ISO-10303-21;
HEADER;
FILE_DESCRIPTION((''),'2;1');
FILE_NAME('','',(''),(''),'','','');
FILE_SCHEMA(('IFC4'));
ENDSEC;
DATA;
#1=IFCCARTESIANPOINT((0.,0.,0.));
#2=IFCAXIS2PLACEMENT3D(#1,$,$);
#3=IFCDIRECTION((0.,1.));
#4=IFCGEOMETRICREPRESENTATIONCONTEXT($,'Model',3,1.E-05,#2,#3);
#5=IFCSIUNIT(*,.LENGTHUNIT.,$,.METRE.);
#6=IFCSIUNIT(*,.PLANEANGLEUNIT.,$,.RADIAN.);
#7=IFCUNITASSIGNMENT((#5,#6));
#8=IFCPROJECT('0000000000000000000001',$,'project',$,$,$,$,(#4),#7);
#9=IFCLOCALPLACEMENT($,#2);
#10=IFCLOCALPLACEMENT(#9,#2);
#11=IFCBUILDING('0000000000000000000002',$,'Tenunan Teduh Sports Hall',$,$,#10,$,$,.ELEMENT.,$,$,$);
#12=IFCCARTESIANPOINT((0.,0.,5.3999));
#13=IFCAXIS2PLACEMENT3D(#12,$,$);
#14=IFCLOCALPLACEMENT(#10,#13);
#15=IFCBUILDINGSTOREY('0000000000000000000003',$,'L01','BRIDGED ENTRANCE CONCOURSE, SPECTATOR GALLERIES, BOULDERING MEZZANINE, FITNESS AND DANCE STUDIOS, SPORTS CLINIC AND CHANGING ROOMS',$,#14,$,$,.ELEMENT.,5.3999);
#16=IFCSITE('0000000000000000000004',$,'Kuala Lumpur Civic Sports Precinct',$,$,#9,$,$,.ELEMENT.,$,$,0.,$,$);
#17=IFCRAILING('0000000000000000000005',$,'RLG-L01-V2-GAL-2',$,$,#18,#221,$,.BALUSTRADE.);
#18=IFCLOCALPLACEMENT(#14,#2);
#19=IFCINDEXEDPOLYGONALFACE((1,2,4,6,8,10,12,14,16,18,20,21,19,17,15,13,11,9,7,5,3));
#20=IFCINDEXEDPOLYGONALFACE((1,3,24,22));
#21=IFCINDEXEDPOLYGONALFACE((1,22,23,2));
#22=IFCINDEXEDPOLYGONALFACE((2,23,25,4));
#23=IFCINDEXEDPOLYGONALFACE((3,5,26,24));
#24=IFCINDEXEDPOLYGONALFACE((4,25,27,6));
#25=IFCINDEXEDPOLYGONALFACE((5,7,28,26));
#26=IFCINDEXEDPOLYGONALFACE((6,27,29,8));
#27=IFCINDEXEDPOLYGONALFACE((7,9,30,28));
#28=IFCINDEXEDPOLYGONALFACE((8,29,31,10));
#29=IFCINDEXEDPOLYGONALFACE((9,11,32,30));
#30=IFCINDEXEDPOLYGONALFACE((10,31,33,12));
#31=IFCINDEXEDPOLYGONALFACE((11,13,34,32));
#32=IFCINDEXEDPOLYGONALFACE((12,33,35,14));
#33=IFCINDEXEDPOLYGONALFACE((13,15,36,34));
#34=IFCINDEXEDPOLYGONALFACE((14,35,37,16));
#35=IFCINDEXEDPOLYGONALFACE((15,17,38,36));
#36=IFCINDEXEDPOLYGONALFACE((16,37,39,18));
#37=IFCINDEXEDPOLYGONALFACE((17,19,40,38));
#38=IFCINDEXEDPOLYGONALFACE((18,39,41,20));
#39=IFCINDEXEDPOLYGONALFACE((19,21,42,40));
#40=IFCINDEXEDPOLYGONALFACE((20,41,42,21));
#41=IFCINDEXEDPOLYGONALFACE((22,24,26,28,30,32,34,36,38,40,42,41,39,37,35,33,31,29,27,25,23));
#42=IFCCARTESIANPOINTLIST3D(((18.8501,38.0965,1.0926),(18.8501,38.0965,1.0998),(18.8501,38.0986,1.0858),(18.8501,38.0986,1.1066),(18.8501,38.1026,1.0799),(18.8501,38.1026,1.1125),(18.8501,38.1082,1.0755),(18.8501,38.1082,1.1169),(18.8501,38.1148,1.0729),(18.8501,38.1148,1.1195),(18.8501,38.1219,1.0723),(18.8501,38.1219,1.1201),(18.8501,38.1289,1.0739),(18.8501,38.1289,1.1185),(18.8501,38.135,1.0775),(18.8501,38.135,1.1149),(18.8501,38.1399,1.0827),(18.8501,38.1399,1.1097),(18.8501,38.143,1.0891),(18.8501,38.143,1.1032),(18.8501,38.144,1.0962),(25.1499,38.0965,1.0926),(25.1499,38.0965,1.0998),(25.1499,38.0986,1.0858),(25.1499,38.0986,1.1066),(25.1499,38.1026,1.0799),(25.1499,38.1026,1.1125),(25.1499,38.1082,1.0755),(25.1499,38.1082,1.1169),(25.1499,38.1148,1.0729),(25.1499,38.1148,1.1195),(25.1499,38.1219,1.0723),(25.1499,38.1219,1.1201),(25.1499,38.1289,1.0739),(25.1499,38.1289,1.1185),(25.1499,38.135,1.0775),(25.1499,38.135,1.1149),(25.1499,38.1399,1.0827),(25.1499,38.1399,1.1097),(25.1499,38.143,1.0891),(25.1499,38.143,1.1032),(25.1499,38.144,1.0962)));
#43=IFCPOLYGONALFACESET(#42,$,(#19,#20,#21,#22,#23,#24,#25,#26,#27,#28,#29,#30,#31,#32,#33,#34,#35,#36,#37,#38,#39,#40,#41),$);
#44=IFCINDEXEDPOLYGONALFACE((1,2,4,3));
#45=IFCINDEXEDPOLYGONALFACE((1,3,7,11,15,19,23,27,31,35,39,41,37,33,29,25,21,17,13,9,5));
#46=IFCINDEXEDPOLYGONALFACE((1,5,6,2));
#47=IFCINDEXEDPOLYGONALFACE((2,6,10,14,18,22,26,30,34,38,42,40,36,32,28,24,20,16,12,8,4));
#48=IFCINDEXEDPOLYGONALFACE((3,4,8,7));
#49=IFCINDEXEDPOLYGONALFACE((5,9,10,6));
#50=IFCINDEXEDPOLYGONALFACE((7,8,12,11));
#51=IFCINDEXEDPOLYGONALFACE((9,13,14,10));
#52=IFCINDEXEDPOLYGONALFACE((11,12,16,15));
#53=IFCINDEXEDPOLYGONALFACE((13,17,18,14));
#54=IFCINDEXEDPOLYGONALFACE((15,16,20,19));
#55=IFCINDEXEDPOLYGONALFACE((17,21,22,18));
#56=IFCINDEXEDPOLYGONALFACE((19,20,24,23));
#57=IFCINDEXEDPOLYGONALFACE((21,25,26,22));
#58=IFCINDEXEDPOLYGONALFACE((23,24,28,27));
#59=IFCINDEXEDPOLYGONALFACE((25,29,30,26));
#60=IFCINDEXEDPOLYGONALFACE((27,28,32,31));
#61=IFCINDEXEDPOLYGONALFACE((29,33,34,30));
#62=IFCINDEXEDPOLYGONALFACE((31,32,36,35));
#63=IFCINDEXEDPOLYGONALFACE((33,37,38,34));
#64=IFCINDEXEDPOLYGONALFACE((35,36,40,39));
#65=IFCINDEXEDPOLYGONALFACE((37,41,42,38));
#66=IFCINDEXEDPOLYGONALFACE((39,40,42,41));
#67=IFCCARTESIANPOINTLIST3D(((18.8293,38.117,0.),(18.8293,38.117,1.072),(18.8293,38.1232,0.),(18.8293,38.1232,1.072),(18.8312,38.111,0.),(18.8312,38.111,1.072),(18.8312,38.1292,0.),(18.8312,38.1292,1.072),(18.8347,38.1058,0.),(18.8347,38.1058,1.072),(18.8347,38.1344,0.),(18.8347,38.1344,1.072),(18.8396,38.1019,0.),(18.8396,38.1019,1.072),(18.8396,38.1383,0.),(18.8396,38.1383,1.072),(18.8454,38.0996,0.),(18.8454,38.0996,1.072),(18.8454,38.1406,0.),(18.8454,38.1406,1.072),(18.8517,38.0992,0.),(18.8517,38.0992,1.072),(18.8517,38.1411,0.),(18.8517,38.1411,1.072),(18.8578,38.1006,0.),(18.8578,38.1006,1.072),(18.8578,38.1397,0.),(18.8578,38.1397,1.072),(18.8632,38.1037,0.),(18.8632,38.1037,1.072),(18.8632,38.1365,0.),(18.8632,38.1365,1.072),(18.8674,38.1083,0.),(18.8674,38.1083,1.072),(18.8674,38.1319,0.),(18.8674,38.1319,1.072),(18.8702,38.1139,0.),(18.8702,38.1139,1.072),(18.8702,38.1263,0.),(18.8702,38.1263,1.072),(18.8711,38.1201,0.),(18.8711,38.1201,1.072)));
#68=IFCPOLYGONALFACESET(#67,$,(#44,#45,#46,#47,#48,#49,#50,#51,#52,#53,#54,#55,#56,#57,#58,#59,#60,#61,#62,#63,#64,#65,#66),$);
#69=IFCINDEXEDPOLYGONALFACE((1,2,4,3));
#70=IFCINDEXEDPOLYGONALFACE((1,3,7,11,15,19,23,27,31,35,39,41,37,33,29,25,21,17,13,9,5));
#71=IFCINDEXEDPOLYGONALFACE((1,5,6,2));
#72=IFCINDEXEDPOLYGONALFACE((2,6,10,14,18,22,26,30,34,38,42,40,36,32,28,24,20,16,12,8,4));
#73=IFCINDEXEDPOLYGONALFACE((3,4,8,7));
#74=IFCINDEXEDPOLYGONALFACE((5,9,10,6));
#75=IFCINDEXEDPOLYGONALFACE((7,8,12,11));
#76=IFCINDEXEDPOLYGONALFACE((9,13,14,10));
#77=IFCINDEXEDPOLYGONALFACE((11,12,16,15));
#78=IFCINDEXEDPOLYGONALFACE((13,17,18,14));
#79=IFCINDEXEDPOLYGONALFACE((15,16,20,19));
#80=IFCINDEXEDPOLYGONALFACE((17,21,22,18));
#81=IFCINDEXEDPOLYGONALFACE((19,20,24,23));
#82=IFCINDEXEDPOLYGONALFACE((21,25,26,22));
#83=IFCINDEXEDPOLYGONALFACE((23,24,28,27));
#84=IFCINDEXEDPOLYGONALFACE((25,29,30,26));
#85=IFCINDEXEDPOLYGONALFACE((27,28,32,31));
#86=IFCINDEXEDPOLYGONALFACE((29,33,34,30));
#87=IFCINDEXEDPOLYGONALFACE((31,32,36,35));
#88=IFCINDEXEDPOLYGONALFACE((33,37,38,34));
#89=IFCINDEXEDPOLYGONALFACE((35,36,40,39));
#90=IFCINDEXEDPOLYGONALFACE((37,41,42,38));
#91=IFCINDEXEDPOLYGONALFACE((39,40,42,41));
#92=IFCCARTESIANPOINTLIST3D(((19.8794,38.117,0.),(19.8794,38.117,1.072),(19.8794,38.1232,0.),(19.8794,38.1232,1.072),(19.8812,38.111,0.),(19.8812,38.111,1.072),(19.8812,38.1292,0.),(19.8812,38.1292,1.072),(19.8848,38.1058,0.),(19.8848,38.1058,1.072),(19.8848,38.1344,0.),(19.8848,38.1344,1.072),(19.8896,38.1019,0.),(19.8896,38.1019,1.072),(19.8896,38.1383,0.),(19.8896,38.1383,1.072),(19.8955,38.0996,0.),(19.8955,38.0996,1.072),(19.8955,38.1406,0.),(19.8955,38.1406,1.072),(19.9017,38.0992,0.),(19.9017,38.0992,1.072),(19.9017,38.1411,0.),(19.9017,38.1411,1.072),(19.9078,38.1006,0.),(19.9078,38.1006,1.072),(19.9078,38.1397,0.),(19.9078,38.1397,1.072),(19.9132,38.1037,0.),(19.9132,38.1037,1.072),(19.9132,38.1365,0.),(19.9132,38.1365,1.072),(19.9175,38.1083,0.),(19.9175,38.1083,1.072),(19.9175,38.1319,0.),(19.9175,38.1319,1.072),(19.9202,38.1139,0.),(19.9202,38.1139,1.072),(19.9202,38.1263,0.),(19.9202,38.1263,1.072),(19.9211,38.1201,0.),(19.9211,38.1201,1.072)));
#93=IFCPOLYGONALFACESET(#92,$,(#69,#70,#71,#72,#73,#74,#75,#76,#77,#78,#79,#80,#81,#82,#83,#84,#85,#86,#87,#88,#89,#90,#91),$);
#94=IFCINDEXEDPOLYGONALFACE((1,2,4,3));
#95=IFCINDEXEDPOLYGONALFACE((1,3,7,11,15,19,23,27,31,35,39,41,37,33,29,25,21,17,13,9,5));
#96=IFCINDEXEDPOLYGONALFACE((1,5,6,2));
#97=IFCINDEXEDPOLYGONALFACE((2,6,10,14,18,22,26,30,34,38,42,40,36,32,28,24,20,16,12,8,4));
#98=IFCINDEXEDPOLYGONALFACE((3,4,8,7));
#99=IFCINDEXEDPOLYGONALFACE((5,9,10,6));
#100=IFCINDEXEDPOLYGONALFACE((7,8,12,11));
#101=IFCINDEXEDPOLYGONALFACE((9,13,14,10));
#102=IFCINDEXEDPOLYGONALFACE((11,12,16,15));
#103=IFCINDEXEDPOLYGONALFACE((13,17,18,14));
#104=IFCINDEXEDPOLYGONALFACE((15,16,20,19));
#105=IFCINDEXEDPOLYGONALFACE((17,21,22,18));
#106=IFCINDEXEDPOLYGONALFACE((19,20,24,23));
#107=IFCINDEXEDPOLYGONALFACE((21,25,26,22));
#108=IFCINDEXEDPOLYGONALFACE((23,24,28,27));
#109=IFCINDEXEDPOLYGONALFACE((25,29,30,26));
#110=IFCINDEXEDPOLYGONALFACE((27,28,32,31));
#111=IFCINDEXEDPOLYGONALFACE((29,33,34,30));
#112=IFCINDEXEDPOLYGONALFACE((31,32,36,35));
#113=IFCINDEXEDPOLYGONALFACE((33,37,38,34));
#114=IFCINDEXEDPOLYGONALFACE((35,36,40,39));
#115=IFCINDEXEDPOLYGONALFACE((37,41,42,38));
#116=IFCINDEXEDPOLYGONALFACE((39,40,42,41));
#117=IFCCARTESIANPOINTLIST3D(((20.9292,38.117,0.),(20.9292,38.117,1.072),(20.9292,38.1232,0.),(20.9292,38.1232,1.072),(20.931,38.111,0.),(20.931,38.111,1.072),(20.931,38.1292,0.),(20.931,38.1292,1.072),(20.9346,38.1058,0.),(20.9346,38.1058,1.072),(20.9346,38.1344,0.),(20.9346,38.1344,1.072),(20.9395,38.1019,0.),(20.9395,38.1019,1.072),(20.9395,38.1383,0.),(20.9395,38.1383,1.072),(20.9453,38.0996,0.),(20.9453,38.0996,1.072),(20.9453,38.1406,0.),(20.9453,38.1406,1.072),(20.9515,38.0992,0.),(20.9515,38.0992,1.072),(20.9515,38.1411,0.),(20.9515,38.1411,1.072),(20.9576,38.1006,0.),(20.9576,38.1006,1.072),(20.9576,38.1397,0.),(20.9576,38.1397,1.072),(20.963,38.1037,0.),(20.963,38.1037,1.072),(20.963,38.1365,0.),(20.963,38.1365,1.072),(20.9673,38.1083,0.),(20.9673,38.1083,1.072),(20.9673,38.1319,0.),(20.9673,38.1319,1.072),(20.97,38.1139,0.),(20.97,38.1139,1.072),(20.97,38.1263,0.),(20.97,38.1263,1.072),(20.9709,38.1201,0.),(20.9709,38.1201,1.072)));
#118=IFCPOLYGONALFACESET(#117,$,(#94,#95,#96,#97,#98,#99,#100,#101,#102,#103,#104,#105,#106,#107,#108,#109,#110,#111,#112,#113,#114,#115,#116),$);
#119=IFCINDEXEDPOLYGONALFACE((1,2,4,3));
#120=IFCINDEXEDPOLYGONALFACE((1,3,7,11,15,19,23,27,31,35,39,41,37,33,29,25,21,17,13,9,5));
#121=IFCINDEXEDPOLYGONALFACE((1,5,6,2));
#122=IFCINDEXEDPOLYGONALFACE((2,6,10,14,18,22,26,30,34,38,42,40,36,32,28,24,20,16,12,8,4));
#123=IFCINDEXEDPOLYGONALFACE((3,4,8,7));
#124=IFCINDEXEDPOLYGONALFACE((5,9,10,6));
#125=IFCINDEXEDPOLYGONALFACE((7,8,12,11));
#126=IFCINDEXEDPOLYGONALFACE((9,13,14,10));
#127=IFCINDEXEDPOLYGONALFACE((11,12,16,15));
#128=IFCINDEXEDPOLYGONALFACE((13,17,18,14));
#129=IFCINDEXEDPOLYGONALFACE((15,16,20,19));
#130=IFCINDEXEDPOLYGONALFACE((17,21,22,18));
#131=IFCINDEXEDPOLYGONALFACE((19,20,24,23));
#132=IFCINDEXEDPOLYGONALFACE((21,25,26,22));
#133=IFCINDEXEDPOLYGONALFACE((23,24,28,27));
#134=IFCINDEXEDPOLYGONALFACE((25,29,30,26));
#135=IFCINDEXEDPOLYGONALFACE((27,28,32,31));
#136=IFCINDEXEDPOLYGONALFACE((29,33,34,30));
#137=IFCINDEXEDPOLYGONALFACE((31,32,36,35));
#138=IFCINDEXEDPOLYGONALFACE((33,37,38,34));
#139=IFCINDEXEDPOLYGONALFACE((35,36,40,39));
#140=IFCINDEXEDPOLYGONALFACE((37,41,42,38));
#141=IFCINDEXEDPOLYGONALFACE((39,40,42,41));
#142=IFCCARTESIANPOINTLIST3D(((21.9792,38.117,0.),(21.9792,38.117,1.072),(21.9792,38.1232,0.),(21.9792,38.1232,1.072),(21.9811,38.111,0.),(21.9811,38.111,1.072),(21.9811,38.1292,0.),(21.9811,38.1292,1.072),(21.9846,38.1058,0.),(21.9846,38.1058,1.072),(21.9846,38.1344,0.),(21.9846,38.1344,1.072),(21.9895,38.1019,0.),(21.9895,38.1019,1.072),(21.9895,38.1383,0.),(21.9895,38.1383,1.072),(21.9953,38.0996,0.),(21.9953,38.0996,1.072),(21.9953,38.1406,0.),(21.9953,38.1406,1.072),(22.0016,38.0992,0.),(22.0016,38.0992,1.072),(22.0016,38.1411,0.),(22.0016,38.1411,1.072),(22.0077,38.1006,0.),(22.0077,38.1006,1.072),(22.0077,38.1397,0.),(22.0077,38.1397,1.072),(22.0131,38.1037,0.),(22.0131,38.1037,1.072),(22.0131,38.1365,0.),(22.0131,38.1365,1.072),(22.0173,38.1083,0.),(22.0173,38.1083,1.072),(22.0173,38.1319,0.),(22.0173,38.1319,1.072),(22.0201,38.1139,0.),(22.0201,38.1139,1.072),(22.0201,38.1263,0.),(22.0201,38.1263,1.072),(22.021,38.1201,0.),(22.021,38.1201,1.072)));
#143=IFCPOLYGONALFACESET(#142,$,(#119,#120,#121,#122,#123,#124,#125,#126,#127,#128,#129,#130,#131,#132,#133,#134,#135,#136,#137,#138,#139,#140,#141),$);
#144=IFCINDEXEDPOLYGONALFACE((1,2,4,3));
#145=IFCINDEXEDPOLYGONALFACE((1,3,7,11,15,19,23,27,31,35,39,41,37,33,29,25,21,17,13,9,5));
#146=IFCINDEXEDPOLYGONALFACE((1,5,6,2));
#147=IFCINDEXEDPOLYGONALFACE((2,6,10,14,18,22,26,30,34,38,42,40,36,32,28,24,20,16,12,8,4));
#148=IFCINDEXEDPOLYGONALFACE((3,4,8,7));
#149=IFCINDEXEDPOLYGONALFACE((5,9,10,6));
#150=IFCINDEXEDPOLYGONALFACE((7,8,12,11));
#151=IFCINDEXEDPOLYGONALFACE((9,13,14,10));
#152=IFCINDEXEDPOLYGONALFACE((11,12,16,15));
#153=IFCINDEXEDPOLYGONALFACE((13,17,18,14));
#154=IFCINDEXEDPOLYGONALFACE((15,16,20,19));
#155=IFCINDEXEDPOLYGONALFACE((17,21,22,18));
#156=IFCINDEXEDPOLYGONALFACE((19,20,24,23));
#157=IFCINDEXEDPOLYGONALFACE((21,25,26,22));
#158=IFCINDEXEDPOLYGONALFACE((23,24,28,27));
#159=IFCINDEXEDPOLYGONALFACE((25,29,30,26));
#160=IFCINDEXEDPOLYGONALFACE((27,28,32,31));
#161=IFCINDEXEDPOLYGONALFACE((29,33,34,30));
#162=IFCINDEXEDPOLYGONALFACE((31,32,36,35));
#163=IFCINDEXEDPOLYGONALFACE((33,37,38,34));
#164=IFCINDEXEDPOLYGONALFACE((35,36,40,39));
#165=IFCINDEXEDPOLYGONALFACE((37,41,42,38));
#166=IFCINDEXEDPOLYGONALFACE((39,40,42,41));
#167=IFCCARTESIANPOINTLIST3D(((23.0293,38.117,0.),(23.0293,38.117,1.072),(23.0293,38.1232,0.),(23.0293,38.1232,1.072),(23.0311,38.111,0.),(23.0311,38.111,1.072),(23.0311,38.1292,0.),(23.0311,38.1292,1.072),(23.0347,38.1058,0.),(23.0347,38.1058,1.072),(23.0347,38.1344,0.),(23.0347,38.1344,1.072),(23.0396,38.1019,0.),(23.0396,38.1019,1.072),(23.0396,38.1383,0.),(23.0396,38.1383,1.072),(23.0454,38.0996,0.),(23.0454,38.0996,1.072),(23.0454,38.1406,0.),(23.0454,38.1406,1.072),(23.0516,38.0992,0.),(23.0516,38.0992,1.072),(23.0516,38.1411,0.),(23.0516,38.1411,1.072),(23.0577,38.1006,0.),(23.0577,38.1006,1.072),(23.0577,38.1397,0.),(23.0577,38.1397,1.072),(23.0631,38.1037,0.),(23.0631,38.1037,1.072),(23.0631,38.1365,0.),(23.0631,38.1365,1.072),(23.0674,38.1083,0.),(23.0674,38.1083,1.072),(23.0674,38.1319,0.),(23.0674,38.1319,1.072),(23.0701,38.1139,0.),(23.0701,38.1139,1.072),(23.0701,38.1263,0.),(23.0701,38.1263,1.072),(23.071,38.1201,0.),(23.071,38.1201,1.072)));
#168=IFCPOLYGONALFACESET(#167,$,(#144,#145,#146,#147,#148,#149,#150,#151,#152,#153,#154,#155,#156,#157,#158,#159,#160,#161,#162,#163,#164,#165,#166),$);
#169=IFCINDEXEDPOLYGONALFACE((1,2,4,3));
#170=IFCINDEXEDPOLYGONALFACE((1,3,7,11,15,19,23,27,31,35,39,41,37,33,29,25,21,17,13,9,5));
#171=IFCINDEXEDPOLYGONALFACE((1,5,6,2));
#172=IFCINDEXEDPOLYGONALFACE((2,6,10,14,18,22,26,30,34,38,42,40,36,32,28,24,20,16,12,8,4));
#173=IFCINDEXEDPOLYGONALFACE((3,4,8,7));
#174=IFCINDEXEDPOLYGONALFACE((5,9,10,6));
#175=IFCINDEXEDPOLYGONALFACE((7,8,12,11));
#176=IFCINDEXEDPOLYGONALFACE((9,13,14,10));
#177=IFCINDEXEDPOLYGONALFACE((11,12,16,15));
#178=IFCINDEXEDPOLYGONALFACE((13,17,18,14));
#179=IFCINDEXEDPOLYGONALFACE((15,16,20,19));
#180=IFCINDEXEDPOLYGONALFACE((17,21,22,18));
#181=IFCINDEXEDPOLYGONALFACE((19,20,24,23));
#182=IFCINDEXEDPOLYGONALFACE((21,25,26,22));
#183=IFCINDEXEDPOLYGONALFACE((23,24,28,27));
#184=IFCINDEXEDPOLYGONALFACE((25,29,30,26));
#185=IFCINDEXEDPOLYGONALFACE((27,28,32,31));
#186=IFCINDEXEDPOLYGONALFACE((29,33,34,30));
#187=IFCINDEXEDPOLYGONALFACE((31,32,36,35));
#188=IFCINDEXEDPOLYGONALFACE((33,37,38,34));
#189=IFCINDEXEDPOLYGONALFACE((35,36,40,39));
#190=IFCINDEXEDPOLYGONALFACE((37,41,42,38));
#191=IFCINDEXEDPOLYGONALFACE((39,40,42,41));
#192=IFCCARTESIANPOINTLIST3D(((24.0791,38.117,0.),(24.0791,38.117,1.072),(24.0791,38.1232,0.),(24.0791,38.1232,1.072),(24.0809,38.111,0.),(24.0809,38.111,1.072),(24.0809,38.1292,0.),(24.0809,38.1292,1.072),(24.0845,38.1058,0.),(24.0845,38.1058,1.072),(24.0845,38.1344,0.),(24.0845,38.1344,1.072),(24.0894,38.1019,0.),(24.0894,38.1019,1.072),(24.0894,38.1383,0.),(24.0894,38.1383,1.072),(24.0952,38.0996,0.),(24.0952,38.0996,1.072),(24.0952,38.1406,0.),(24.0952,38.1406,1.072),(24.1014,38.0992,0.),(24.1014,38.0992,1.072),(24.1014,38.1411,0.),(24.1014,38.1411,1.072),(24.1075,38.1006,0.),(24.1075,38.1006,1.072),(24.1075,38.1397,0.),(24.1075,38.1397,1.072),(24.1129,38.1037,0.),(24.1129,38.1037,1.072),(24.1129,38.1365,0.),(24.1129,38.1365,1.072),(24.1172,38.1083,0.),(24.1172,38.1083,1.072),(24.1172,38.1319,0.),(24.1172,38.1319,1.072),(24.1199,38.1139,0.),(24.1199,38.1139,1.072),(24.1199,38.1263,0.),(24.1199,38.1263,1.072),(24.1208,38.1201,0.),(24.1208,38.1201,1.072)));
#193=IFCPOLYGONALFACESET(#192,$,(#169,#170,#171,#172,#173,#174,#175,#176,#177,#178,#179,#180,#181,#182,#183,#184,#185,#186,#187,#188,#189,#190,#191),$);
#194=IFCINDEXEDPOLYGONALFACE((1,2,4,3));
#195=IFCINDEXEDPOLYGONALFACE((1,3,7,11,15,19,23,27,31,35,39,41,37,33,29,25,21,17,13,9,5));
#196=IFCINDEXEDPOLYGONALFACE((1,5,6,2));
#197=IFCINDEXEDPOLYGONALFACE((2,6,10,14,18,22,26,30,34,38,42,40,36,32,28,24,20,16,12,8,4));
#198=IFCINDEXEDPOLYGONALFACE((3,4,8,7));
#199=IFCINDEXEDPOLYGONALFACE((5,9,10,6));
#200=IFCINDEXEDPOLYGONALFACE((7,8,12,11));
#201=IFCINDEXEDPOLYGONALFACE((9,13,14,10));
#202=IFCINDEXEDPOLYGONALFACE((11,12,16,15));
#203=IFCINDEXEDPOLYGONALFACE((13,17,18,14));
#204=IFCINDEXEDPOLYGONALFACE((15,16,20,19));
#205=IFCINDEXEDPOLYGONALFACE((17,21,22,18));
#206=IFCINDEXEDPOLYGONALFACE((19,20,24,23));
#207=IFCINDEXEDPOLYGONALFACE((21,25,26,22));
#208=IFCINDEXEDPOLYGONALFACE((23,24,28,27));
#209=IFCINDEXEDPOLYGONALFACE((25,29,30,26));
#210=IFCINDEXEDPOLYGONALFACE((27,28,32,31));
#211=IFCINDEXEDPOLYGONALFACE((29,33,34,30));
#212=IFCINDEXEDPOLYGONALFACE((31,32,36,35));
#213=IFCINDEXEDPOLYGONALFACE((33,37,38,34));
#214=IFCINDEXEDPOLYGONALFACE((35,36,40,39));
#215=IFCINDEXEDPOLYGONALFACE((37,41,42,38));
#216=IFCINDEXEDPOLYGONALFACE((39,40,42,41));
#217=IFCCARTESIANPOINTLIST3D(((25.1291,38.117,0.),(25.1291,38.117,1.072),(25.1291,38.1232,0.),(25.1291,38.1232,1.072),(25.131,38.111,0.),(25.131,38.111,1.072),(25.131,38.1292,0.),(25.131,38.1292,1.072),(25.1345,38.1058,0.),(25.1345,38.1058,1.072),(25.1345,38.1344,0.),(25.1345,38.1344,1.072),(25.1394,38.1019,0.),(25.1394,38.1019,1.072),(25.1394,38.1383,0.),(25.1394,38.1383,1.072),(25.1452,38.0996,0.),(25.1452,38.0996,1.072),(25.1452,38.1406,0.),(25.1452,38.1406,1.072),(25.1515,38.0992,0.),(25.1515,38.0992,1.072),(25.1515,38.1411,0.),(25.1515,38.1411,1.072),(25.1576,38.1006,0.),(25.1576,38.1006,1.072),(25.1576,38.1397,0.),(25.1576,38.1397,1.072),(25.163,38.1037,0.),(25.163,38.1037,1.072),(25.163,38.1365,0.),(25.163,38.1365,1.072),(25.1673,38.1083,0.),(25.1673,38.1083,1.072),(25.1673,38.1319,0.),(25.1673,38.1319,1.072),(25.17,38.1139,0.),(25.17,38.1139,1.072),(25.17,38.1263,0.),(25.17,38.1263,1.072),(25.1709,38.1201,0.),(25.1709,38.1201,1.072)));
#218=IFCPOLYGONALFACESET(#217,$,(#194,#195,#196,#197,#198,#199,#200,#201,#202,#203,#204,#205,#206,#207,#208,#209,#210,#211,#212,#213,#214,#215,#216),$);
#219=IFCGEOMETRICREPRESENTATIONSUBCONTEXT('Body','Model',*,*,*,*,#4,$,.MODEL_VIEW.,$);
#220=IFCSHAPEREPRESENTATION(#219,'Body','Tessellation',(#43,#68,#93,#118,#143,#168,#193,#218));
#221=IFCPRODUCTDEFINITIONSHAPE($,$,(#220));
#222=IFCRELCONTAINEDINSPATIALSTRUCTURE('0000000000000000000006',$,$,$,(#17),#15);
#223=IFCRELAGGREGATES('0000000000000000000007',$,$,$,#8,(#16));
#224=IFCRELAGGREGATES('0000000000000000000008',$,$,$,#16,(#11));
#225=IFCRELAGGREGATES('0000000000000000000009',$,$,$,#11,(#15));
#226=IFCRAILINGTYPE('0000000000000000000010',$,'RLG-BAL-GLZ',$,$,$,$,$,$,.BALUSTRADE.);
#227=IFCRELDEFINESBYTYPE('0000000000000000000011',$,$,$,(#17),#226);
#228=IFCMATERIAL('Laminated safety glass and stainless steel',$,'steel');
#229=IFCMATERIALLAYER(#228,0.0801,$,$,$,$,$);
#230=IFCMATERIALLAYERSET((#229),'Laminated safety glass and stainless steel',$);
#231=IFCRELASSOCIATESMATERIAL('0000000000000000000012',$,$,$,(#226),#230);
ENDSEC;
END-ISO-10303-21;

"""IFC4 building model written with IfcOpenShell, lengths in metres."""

from ifc_helpers import new_model, si_unit, direction, frame, origin, origin_2d, place, context, subcontext, project, spatial, circle, extrude, material, layer, layer_set, type_object, element, save


model = new_model("IFC4")

# Units and contexts
model_context = context("Model", 3, precision=1e-05, world=origin(), true_north=direction((0.0, 1.0)))
body_context = subcontext(model_context, "Body", "Model", "MODEL_VIEW")
ifc_project = project(units=[si_unit("LENGTHUNIT", "METRE"), si_unit("PLANEANGLEUNIT", "RADIAN")], contexts=[model_context])

# Site, building, storey
site_placement = place(None, origin())
site = spatial("IfcSite", under=ifc_project, at=site_placement, Name="Kuala Lumpur Civic Sports Precinct", CompositionType="ELEMENT", RefElevation=0.0)
building_placement = place(site_placement, origin())
building = spatial("IfcBuilding", under=site, at=building_placement, Name="Tenunan Teduh Sports Hall", CompositionType="ELEMENT")
storey_placement = place(building_placement, frame((0.0, 0.0, 5.3999)))
storey = spatial("IfcBuildingStorey", under=building, at=storey_placement, Name="L01", Description="BRIDGED ENTRANCE CONCOURSE, SPECTATOR GALLERIES, BOULDERING MEZZANINE, FITNESS AND DANCE STUDIOS, SPORTS CLINIC AND CHANGING ROOMS", CompositionType="ELEMENT", Elevation=5.3999)

# Railing
ifc_material_1 = material(Name="Laminated safety glass and stainless steel", Category="steel")
ifc_layer = layer(ifc_material_1, 0.0801)
ifc_layer_set = layer_set([ifc_layer], Name="Laminated safety glass and stainless steel")
railing_type = type_object("IfcRailingType", Name="RLG-BAL-GLZ", PredefinedType="BALUSTRADE", material=ifc_layer_set)
railing_placement = place(storey_placement, frame((18.8501, 38.1201, 0.0)))
element("IfcRailing", 1, at=railing_placement, inside=storey, type_object=railing_type, Name="RLG-L01-V2-GAL-2", PredefinedType="BALUSTRADE", context=body_context, shape_type="SweptSolid", body=[
    extrude(circle(Radius=0.0239, at=origin_2d()), frame((0.0, 0.0, 1.0962), z_axis=(1.0, 0.0, 0.0), x_axis=(0.0, 1.0, 0.0)), (0.0, 0.0, 1.0), 6.2998),
    extrude(circle(Radius=0.021, at=origin_2d()), origin(), (0.0, 0.0, 1.0), 1.072),
    extrude(circle(Radius=0.021, at=origin_2d()), frame((1.05, 0.0, 0.0)), (0.0, 0.0, 1.0), 1.072),
    extrude(circle(Radius=0.021, at=origin_2d()), frame((2.0999, 0.0, 0.0)), (0.0, 0.0, 1.0), 1.072),
    extrude(circle(Radius=0.021, at=origin_2d()), frame((3.1499, 0.0, 0.0)), (0.0, 0.0, 1.0), 1.072),
    extrude(circle(Radius=0.021, at=origin_2d()), frame((4.2, 0.0, 0.0)), (0.0, 0.0, 1.0), 1.072),
    extrude(circle(Radius=0.021, at=origin_2d()), frame((5.2498, 0.0, 0.0)), (0.0, 0.0, 1.0), 1.072),
    extrude(circle(Radius=0.021, at=origin_2d()), frame((6.2998, 0.0, 0.0)), (0.0, 0.0, 1.0), 1.072),
])

save(model, "model.ifc")
